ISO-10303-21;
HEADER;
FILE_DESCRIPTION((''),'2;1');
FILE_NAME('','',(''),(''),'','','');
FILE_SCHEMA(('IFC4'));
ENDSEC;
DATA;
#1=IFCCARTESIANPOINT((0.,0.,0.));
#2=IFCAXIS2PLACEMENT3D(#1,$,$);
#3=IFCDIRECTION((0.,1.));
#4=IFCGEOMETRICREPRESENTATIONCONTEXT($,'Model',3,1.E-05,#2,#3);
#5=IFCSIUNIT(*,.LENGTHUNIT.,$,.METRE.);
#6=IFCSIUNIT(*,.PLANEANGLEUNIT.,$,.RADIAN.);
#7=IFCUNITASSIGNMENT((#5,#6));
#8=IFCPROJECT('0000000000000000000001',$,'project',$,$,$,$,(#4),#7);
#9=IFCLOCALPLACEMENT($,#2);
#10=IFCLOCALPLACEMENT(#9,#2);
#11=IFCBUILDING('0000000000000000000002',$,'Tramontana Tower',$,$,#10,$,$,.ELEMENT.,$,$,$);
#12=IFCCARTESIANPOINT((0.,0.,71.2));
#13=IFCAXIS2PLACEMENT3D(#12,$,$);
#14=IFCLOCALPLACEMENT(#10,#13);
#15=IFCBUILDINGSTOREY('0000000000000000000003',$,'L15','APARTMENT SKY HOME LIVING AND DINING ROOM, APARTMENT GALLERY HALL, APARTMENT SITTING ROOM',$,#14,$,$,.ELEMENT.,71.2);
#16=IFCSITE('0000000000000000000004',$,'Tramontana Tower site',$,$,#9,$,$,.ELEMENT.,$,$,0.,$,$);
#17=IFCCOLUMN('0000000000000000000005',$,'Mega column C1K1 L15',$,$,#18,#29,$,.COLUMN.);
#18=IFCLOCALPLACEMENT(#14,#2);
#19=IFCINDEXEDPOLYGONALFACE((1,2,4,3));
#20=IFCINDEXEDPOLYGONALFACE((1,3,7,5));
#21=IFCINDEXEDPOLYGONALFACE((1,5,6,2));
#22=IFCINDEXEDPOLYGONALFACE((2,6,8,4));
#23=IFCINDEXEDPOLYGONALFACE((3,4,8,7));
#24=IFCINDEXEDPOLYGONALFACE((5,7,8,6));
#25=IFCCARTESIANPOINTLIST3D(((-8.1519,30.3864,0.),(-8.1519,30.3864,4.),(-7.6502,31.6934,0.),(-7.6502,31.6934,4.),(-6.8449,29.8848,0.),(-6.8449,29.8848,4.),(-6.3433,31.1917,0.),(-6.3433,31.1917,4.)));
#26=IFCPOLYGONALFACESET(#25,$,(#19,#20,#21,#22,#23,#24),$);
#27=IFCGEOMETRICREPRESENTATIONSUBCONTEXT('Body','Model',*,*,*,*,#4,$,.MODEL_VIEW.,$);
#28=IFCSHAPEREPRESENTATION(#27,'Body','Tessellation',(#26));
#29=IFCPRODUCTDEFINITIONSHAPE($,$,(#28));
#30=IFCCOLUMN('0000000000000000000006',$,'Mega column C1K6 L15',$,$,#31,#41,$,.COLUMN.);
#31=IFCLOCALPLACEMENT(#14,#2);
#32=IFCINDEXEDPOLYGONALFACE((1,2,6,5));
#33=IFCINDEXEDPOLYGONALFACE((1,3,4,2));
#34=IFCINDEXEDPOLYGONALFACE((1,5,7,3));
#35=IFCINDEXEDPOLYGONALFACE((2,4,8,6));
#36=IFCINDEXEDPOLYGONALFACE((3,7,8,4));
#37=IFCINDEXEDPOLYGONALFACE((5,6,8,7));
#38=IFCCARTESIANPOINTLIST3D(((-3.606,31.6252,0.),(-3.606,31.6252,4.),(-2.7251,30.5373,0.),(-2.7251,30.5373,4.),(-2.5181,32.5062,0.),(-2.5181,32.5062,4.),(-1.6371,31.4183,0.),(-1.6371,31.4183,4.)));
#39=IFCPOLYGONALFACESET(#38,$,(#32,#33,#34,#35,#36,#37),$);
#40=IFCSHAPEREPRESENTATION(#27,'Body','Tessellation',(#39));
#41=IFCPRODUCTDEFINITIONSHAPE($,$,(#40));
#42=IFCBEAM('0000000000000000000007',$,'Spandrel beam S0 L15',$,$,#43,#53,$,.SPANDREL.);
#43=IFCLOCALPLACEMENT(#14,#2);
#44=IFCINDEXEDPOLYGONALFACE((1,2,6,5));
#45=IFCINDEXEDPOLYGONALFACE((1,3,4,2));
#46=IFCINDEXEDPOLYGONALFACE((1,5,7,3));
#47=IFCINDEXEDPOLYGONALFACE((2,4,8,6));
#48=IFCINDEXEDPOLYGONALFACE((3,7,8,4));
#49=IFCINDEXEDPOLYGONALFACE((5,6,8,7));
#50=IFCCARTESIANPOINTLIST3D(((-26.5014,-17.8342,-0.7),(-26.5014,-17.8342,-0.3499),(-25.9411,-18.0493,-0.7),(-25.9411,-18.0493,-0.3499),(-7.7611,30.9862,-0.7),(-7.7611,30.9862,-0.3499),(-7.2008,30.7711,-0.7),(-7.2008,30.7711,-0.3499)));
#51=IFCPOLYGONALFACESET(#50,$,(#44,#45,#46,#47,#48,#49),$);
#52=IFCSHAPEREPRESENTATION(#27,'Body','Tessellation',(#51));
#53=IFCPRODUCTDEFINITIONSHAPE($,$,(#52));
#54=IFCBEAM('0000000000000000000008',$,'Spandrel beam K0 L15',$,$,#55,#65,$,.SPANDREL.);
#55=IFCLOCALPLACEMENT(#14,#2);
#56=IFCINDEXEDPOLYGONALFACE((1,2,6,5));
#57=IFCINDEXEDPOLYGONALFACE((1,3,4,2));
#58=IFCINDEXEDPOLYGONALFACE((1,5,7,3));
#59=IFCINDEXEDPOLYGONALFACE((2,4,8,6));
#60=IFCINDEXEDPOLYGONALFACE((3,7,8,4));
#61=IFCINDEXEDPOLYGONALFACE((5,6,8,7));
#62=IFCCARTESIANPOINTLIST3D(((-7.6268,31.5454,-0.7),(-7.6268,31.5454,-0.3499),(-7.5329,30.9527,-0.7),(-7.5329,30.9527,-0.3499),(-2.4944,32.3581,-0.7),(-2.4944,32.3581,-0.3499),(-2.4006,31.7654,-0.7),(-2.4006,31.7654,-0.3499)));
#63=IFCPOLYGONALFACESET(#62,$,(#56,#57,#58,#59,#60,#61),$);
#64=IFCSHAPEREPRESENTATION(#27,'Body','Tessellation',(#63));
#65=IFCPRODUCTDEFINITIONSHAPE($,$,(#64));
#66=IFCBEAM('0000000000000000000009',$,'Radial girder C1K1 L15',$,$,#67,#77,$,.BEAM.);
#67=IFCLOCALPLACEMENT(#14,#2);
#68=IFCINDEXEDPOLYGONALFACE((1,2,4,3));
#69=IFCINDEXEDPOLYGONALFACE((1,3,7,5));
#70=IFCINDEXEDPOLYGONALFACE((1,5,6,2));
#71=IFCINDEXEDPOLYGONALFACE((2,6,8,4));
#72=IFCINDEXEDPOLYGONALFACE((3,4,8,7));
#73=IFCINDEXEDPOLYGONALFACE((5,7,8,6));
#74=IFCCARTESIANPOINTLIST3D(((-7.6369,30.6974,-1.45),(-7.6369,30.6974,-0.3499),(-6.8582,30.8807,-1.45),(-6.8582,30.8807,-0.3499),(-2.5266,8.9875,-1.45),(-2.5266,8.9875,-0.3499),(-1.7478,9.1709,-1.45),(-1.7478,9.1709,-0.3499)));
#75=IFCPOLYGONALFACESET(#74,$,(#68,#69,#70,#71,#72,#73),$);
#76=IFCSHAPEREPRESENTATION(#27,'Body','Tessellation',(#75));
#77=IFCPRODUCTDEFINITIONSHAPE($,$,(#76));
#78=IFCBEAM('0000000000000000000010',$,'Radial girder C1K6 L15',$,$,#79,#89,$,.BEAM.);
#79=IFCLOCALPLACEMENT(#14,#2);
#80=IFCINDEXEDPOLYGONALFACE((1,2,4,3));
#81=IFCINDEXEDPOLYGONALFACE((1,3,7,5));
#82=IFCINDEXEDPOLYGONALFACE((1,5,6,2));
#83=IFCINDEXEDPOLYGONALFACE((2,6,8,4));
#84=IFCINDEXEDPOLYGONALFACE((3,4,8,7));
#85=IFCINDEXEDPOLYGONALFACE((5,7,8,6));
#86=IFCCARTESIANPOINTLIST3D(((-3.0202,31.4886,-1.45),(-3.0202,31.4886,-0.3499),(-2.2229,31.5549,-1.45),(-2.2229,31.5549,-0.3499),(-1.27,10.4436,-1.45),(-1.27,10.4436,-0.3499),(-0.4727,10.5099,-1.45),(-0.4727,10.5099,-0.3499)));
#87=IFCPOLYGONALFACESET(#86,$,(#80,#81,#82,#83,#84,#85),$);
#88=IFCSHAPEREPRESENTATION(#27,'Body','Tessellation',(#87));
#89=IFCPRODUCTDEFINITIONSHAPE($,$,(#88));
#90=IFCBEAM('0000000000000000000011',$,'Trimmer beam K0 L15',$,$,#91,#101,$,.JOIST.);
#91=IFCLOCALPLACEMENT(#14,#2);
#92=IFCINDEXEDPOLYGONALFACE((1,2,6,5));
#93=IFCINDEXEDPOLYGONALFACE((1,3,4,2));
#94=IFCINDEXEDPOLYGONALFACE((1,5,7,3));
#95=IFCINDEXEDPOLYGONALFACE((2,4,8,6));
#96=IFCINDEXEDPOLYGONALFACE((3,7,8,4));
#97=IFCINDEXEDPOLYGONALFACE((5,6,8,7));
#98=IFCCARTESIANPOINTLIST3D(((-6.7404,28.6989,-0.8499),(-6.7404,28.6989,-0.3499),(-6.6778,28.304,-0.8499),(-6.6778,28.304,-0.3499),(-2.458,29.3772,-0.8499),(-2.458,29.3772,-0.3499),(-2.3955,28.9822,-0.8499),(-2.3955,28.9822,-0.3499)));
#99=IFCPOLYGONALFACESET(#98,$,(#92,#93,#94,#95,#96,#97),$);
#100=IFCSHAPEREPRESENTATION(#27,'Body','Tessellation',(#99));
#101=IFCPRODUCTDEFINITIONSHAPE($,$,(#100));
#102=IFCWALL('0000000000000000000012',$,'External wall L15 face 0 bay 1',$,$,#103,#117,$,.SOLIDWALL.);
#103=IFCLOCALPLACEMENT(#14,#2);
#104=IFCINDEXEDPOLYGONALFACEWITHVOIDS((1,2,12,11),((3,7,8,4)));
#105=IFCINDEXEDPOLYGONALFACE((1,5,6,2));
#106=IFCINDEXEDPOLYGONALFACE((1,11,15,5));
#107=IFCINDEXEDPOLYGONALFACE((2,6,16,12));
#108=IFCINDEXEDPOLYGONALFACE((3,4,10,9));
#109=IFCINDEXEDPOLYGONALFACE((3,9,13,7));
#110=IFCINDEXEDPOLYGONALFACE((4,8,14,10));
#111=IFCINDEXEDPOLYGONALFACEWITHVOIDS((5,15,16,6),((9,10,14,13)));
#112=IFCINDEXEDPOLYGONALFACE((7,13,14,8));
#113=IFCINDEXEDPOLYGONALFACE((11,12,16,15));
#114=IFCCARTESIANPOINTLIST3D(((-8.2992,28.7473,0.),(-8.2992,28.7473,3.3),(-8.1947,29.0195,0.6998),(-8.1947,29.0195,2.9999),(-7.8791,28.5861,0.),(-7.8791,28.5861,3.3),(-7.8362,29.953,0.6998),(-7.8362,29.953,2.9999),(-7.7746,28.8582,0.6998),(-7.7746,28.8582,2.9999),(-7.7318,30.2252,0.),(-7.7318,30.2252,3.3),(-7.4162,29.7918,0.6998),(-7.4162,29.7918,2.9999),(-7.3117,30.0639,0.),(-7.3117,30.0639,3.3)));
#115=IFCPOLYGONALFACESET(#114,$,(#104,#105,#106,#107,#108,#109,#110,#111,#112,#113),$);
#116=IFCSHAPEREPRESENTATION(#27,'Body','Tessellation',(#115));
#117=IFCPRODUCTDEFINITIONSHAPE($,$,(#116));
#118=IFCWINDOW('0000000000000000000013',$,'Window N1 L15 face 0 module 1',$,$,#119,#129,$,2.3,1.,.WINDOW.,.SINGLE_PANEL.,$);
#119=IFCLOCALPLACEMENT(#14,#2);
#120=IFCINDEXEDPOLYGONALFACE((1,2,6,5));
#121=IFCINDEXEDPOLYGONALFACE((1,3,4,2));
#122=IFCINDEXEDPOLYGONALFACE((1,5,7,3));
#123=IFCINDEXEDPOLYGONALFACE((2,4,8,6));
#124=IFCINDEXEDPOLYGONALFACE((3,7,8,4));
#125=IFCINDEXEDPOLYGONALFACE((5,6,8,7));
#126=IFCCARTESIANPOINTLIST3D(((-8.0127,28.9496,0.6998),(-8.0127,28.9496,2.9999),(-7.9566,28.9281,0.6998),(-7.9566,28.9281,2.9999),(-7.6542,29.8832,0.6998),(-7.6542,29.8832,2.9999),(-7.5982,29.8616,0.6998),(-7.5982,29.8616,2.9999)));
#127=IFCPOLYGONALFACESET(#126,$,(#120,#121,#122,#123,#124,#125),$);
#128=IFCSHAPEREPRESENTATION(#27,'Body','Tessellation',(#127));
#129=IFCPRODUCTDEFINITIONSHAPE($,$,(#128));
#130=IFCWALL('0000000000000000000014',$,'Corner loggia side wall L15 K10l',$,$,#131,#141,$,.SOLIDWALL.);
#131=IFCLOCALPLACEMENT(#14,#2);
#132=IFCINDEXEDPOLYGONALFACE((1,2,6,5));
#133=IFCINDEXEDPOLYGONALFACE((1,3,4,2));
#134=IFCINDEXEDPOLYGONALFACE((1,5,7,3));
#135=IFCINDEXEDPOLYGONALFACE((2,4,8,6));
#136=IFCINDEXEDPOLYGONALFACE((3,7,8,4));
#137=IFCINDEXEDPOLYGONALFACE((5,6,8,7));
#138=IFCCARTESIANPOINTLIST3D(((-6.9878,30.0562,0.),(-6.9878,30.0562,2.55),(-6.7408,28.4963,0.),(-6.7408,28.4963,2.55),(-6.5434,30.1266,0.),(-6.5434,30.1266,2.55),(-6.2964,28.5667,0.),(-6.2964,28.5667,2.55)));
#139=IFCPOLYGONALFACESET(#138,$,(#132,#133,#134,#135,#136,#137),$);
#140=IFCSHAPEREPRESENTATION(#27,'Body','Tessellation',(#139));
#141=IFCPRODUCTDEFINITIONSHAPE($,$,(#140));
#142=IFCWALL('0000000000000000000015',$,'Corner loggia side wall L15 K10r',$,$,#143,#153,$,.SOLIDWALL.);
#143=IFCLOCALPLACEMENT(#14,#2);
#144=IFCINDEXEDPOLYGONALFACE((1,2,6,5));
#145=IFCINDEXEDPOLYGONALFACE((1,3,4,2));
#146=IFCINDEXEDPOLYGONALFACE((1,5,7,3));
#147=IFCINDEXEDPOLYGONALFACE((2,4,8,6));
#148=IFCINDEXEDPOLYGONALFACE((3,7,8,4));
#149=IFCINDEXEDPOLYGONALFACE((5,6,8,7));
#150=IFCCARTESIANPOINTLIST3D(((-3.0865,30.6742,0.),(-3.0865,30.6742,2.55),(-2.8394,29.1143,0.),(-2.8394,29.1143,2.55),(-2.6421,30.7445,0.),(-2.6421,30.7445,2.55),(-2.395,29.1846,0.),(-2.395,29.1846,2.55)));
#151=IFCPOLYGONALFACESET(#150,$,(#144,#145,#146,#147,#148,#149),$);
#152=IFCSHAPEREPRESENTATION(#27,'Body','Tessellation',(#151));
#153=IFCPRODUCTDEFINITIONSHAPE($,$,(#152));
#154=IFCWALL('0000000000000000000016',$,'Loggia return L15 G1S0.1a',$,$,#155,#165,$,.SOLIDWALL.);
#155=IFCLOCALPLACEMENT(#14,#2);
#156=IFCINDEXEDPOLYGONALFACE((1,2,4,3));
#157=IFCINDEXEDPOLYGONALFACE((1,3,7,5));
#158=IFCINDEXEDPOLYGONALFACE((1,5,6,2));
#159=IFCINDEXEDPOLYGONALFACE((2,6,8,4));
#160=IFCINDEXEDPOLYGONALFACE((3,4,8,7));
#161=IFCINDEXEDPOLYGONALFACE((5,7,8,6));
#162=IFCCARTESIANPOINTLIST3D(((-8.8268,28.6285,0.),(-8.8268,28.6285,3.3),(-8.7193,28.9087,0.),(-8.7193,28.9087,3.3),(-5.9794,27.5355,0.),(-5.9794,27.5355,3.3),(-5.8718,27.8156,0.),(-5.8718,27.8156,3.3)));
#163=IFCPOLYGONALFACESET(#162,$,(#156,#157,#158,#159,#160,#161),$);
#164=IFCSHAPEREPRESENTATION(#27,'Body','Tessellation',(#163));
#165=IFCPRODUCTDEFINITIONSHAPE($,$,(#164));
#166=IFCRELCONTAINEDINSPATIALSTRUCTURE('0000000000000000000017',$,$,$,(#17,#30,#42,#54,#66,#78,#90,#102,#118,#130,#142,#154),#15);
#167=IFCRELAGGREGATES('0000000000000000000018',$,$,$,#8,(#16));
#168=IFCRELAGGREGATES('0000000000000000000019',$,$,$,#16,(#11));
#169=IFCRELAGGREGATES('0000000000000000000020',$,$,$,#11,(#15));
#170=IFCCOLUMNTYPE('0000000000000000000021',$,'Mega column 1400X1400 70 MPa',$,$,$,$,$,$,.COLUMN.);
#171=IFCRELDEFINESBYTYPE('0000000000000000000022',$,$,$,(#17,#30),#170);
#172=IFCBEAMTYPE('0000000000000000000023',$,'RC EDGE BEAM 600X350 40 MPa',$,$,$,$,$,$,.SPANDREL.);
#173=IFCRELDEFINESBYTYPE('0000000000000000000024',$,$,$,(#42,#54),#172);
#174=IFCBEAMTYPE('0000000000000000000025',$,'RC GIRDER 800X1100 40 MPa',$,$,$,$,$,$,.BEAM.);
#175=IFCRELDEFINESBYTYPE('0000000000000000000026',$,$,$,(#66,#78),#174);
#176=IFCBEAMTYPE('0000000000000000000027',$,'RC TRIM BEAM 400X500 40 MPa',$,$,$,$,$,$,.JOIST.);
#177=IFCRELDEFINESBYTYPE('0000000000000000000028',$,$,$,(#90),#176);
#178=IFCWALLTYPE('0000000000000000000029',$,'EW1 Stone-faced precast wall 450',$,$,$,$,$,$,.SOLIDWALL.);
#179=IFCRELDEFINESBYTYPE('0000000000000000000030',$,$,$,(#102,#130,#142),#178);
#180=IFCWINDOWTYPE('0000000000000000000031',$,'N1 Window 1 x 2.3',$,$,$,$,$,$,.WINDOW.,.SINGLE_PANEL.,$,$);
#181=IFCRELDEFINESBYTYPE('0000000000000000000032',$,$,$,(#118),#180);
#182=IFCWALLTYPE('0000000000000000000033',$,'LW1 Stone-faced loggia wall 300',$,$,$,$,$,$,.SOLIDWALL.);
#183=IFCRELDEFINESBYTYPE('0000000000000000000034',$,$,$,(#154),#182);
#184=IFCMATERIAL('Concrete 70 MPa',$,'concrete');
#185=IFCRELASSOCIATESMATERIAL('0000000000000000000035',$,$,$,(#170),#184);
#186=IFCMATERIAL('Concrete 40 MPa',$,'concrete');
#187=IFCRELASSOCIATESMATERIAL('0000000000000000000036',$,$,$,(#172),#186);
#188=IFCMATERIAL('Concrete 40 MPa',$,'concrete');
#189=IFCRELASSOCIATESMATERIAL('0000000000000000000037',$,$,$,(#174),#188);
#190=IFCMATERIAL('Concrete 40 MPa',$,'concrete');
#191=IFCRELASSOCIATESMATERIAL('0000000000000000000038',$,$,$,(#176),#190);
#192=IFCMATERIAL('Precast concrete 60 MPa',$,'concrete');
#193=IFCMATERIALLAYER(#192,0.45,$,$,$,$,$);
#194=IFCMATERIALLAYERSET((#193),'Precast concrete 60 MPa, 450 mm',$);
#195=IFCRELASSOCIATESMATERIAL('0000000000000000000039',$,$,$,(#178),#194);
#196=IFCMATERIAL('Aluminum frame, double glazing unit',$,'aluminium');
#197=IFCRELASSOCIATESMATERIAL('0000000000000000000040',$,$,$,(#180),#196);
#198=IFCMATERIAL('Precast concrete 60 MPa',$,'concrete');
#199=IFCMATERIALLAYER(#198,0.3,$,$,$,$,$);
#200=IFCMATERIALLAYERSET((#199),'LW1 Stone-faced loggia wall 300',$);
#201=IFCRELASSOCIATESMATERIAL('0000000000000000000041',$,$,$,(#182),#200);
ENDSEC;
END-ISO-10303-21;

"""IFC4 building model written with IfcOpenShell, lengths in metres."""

from ifc_helpers import new_model, si_unit, direction, frame, frame_2d, origin, origin_2d, place, context, subcontext, project, spatial, rectangle, extrude, material, layer, layer_set, material_profile, profile_set, type_object, element, fill, save


model = new_model("IFC4")

# Units and contexts
model_context = context("Model", 3, precision=1e-05, world=origin(), true_north=direction((0.0, 1.0)))
body_context = subcontext(model_context, "Body", "Model", "MODEL_VIEW")
ifc_project = project(units=[si_unit("LENGTHUNIT", "METRE"), si_unit("PLANEANGLEUNIT", "RADIAN")], contexts=[model_context])

# Site, building, storey
site_placement = place(None, origin())
site = spatial("IfcSite", under=ifc_project, at=site_placement, Name="Tramontana Tower site", CompositionType="ELEMENT", RefElevation=0.0)
building_placement = place(site_placement, origin())
building = spatial("IfcBuilding", under=site, at=building_placement, Name="Tramontana Tower", CompositionType="ELEMENT")
storey_placement = place(building_placement, frame((0.0, 0.0, 71.2)))
storey = spatial("IfcBuildingStorey", under=building, at=storey_placement, Name="L15", Description="APARTMENT SKY HOME LIVING AND DINING ROOM, APARTMENT GALLERY HALL, APARTMENT SITTING ROOM", CompositionType="ELEMENT", Elevation=71.2)

# Columns
ifc_material_1 = material(Name="Concrete 70 MPa", Category="concrete")
ifc_material_profile_1 = material_profile(ifc_material_1, rectangle(XDim=1.3999, YDim=1.3999, at=origin_2d()), Name="Mega column 1400X1400 70 MPa")
ifc_profile_set_1 = profile_set([ifc_material_profile_1], Name="Concrete 70 MPa")
column_type = type_object("IfcColumnType", Name="Mega column 1400X1400 70 MPa", PredefinedType="COLUMN", material=ifc_profile_set_1)
for number, where, z_axis, x_axis, name in (
    (1, (-7.2476, 30.7891, 0.0), (0.0, 0.0, 1.0), (-0.358368, -0.93358, 0.0), "Mega column C1K1 L15"),
    (2, (-2.6216, 31.5217, 0.0), (0.0, 0.0, 1.0), (-0.62932, 0.777146, 0.0), "Mega column C1K6 L15"),
):
    element("IfcColumn", number, at=place(storey_placement, frame(where, z_axis=z_axis, x_axis=x_axis)), inside=storey, type_object=column_type, Name=name, PredefinedType="COLUMN", context=body_context, shape_type="SweptSolid", body=[
        extrude(rectangle(XDim=1.3999, YDim=1.3999, at=origin_2d()), origin(), (0.0, 0.0, 1.0), 4.0),
    ])

# Beams
ifc_material_2 = material(Name="Concrete 40 MPa", Category="concrete")
ifc_material_profile_2 = material_profile(ifc_material_2, rectangle(XDim=0.6001, YDim=0.3501, at=origin_2d()), Name="RC EDGE BEAM 600X350 40 MPa")
ifc_profile_set_2 = profile_set([ifc_material_profile_2], Name="Concrete 40 MPa")
beam_type_1 = type_object("IfcBeamType", Name="RC EDGE BEAM 600X350 40 MPa", PredefinedType="SPANDREL", material=ifc_profile_set_2)
beam_1_placement = place(storey_placement, frame((-7.481, 30.8787, -0.5249), z_axis=(-0.358366, -0.933581, 0.0), x_axis=(0.933581, -0.358366, 0.0)))
element("IfcBeam", 3, at=beam_1_placement, inside=storey, type_object=beam_type_1, Name="Spandrel beam S0 L15", PredefinedType="SPANDREL", context=body_context, shape_type="SweptSolid", body=[
    extrude(rectangle(XDim=0.6001, YDim=0.3501, at=origin_2d()), origin(), (0.0, 0.0, 1.0), 52.2937),
])
beam_2_placement = place(storey_placement, frame((-2.4475, 32.0618, -0.5249), z_axis=(-0.987692, -0.156409, 0.0), x_axis=(0.156409, -0.987692, 0.0)))
element("IfcBeam", 4, at=beam_2_placement, inside=storey, type_object=beam_type_1, Name="Spandrel beam K0 L15", PredefinedType="SPANDREL", context=body_context, shape_type="SweptSolid", body=[
    extrude(rectangle(XDim=0.6001, YDim=0.3501, at=origin_2d()), origin(), (0.0, 0.0, 1.0), 5.1963),
])
ifc_material_3 = material(Name="Concrete 40 MPa", Category="concrete")
ifc_material_profile_3 = material_profile(ifc_material_3, rectangle(XDim=0.8, YDim=1.1001, at=origin_2d()), Name="RC GIRDER 800X1100 40 MPa")
ifc_profile_set_3 = profile_set([ifc_material_profile_3], Name="Concrete 40 MPa")
beam_type_2 = type_object("IfcBeamType", Name="RC GIRDER 800X1100 40 MPa", PredefinedType="BEAM", material=ifc_profile_set_3)
beam_3_placement = place(storey_placement, frame((-7.2476, 30.7891, -0.8999), z_axis=(0.22913, -0.973396, 0.0), x_axis=(0.973396, 0.22913, 0.0)))
element("IfcBeam", 5, at=beam_3_placement, inside=storey, type_object=beam_type_2, Name="Radial girder C1K1 L15", PredefinedType="BEAM", context=body_context, shape_type="SweptSolid", body=[
    extrude(rectangle(XDim=0.8, YDim=1.1001, at=origin_2d()), origin(), (0.0, 0.0, 1.0), 22.3032),
])
beam_4_placement = place(storey_placement, frame((-2.6216, 31.5217, -0.8999), z_axis=(0.082881, -0.996559, 0.0), x_axis=(0.996559, 0.082881, 0.0)))
element("IfcBeam", 6, at=beam_4_placement, inside=storey, type_object=beam_type_2, Name="Radial girder C1K6 L15", PredefinedType="BEAM", context=body_context, shape_type="SweptSolid", body=[
    extrude(rectangle(XDim=0.8, YDim=1.1001, at=origin_2d()), origin(), (0.0, 0.0, 1.0), 21.1177),
])
ifc_material_4 = material(Name="Concrete 40 MPa", Category="concrete")
ifc_material_profile_4 = material_profile(ifc_material_4, rectangle(XDim=0.3999, YDim=0.5, at=origin_2d()), Name="RC TRIM BEAM 400X500 40 MPa")
ifc_profile_set_4 = profile_set([ifc_material_profile_4], Name="Concrete 40 MPa")
beam_type_3 = type_object("IfcBeamType", Name="RC TRIM BEAM 400X500 40 MPa", PredefinedType="JOIST", material=ifc_profile_set_4)
beam_5_placement = place(storey_placement, frame((-2.4268, 29.1797, -0.5999), z_axis=(-0.987689, -0.156431, 0.0), x_axis=(0.156431, -0.987689, 0.0)))
element("IfcBeam", 7, at=beam_5_placement, inside=storey, type_object=beam_type_3, Name="Trimmer beam K0 L15", PredefinedType="JOIST", context=body_context, shape_type="SweptSolid", body=[
    extrude(rectangle(XDim=0.3999, YDim=0.5, at=origin_2d()), origin(), (0.0, 0.0, 1.0), 4.3357),
])

# Wall, opening, window
ifc_material_5 = material(Name="Precast concrete 60 MPa", Category="concrete")
ifc_layer_1 = layer(ifc_material_5, 0.45)
ifc_layer_set_1 = layer_set([ifc_layer_1], Name="Precast concrete 60 MPa, 450 mm")
wall_type_1 = type_object("IfcWallType", Name="EW1 Stone-faced precast wall 450", PredefinedType="SOLIDWALL", material=ifc_layer_set_1)
wall_1_placement = place(storey_placement, frame((-7.5217, 30.1445, 0.0), z_axis=(0.0, 0.0, 1.0), x_axis=(-0.358431, -0.933556, 0.0)))
wall_1 = element("IfcWall", 8, at=wall_1_placement, inside=storey, type_object=wall_type_1, Name="External wall L15 face 0 bay 1", PredefinedType="SOLIDWALL", context=body_context, shape_type="SweptSolid", body=[
    extrude(rectangle(XDim=1.583, YDim=0.45, at=frame_2d((0.7915, 0.0))), origin(), (0.0, 0.0, 1.0), 3.3),
])
opening_1_placement = place(wall_1_placement, frame((0.2915, 0.0, 0.7)))
opening_1 = element("IfcOpeningElement", 9, at=opening_1_placement, cuts=wall_1, PredefinedType="OPENING", context=body_context, shape_type="SweptSolid", body=[
    extrude(rectangle(XDim=1.0, YDim=2.3, at=frame_2d((0.5, 1.1499))), frame((0.0, 0.2349, 0.0), z_axis=(0.0, -1.0, 0.0), x_axis=(1.0, 0.0, 0.0)), (0.0, 0.0, 1.0), 0.47),
])
ifc_material_6 = material(Name="Aluminum frame, double glazing unit", Category="aluminium")
window_type = type_object("IfcWindowType", Name="N1 Window 1 x 2.3", PartitioningType="SINGLE_PANEL", PredefinedType="WINDOW", material=ifc_material_6)
window_placement = place(opening_1_placement, origin())
window = element("IfcWindow", 10, at=window_placement, inside=storey, type_object=window_type, Name="Window N1 L15 face 0 module 1", OverallHeight=2.3, OverallWidth=1.0, PartitioningType="SINGLE_PANEL", PredefinedType="WINDOW", context=body_context, shape_type="SweptSolid", body=[
    extrude(rectangle(XDim=1.0, YDim=2.3, at=frame_2d((0.5, 1.1499))), frame((0.0, 0.03, 0.0), z_axis=(0.0, -1.0, 0.0), x_axis=(1.0, 0.0, 0.0)), (0.0, 0.0, 1.0), 0.0601),
])
fill(opening_1, window)

# Walls
for number, where, z_axis, x_axis, name in (
    (11, (-6.7656, 30.0913, 0.0), (0.0, 0.0, 1.0), (0.156447, -0.987686, 0.0), "Corner loggia side wall L15 K10l"),
    (12, (-2.8643, 30.7092, 0.0), (0.0, 0.0, 1.0), (0.156447, -0.987686, 0.0), "Corner loggia side wall L15 K10r"),
):
    element("IfcWall", number, at=place(storey_placement, frame(where, z_axis=z_axis, x_axis=x_axis)), inside=storey, type_object=wall_type_1, Name=name, PredefinedType="SOLIDWALL", context=body_context, shape_type="SweptSolid", body=[
        extrude(rectangle(XDim=1.5793, YDim=0.45, at=frame_2d((0.7896, 0.0))), origin(), (0.0, 0.0, 1.0), 2.55),
    ])

# Wall
ifc_material_7 = material(Name="Precast concrete 60 MPa", Category="concrete")
ifc_layer_2 = layer(ifc_material_7, 0.3)
ifc_layer_set_2 = layer_set([ifc_layer_2], Name="LW1 Stone-faced loggia wall 300")
wall_type_2 = type_object("IfcWallType", Name="LW1 Stone-faced loggia wall 300", PredefinedType="SOLIDWALL", material=ifc_layer_set_2)
wall_2_placement = place(storey_placement, frame((-8.7729, 28.7686, 0.0), z_axis=(0.0, 0.0, 1.0), x_axis=(0.933581, -0.358368, 0.0)))
element("IfcWall", 13, at=wall_2_placement, inside=storey, type_object=wall_type_2, Name="Loggia return L15 G1S0.1a", PredefinedType="SOLIDWALL", context=body_context, shape_type="SweptSolid", body=[
    extrude(rectangle(XDim=3.05, YDim=0.3, at=frame_2d((1.5249, 0.0))), origin(), (0.0, 0.0, 1.0), 3.3),
])

save(model, "model.ifc")
